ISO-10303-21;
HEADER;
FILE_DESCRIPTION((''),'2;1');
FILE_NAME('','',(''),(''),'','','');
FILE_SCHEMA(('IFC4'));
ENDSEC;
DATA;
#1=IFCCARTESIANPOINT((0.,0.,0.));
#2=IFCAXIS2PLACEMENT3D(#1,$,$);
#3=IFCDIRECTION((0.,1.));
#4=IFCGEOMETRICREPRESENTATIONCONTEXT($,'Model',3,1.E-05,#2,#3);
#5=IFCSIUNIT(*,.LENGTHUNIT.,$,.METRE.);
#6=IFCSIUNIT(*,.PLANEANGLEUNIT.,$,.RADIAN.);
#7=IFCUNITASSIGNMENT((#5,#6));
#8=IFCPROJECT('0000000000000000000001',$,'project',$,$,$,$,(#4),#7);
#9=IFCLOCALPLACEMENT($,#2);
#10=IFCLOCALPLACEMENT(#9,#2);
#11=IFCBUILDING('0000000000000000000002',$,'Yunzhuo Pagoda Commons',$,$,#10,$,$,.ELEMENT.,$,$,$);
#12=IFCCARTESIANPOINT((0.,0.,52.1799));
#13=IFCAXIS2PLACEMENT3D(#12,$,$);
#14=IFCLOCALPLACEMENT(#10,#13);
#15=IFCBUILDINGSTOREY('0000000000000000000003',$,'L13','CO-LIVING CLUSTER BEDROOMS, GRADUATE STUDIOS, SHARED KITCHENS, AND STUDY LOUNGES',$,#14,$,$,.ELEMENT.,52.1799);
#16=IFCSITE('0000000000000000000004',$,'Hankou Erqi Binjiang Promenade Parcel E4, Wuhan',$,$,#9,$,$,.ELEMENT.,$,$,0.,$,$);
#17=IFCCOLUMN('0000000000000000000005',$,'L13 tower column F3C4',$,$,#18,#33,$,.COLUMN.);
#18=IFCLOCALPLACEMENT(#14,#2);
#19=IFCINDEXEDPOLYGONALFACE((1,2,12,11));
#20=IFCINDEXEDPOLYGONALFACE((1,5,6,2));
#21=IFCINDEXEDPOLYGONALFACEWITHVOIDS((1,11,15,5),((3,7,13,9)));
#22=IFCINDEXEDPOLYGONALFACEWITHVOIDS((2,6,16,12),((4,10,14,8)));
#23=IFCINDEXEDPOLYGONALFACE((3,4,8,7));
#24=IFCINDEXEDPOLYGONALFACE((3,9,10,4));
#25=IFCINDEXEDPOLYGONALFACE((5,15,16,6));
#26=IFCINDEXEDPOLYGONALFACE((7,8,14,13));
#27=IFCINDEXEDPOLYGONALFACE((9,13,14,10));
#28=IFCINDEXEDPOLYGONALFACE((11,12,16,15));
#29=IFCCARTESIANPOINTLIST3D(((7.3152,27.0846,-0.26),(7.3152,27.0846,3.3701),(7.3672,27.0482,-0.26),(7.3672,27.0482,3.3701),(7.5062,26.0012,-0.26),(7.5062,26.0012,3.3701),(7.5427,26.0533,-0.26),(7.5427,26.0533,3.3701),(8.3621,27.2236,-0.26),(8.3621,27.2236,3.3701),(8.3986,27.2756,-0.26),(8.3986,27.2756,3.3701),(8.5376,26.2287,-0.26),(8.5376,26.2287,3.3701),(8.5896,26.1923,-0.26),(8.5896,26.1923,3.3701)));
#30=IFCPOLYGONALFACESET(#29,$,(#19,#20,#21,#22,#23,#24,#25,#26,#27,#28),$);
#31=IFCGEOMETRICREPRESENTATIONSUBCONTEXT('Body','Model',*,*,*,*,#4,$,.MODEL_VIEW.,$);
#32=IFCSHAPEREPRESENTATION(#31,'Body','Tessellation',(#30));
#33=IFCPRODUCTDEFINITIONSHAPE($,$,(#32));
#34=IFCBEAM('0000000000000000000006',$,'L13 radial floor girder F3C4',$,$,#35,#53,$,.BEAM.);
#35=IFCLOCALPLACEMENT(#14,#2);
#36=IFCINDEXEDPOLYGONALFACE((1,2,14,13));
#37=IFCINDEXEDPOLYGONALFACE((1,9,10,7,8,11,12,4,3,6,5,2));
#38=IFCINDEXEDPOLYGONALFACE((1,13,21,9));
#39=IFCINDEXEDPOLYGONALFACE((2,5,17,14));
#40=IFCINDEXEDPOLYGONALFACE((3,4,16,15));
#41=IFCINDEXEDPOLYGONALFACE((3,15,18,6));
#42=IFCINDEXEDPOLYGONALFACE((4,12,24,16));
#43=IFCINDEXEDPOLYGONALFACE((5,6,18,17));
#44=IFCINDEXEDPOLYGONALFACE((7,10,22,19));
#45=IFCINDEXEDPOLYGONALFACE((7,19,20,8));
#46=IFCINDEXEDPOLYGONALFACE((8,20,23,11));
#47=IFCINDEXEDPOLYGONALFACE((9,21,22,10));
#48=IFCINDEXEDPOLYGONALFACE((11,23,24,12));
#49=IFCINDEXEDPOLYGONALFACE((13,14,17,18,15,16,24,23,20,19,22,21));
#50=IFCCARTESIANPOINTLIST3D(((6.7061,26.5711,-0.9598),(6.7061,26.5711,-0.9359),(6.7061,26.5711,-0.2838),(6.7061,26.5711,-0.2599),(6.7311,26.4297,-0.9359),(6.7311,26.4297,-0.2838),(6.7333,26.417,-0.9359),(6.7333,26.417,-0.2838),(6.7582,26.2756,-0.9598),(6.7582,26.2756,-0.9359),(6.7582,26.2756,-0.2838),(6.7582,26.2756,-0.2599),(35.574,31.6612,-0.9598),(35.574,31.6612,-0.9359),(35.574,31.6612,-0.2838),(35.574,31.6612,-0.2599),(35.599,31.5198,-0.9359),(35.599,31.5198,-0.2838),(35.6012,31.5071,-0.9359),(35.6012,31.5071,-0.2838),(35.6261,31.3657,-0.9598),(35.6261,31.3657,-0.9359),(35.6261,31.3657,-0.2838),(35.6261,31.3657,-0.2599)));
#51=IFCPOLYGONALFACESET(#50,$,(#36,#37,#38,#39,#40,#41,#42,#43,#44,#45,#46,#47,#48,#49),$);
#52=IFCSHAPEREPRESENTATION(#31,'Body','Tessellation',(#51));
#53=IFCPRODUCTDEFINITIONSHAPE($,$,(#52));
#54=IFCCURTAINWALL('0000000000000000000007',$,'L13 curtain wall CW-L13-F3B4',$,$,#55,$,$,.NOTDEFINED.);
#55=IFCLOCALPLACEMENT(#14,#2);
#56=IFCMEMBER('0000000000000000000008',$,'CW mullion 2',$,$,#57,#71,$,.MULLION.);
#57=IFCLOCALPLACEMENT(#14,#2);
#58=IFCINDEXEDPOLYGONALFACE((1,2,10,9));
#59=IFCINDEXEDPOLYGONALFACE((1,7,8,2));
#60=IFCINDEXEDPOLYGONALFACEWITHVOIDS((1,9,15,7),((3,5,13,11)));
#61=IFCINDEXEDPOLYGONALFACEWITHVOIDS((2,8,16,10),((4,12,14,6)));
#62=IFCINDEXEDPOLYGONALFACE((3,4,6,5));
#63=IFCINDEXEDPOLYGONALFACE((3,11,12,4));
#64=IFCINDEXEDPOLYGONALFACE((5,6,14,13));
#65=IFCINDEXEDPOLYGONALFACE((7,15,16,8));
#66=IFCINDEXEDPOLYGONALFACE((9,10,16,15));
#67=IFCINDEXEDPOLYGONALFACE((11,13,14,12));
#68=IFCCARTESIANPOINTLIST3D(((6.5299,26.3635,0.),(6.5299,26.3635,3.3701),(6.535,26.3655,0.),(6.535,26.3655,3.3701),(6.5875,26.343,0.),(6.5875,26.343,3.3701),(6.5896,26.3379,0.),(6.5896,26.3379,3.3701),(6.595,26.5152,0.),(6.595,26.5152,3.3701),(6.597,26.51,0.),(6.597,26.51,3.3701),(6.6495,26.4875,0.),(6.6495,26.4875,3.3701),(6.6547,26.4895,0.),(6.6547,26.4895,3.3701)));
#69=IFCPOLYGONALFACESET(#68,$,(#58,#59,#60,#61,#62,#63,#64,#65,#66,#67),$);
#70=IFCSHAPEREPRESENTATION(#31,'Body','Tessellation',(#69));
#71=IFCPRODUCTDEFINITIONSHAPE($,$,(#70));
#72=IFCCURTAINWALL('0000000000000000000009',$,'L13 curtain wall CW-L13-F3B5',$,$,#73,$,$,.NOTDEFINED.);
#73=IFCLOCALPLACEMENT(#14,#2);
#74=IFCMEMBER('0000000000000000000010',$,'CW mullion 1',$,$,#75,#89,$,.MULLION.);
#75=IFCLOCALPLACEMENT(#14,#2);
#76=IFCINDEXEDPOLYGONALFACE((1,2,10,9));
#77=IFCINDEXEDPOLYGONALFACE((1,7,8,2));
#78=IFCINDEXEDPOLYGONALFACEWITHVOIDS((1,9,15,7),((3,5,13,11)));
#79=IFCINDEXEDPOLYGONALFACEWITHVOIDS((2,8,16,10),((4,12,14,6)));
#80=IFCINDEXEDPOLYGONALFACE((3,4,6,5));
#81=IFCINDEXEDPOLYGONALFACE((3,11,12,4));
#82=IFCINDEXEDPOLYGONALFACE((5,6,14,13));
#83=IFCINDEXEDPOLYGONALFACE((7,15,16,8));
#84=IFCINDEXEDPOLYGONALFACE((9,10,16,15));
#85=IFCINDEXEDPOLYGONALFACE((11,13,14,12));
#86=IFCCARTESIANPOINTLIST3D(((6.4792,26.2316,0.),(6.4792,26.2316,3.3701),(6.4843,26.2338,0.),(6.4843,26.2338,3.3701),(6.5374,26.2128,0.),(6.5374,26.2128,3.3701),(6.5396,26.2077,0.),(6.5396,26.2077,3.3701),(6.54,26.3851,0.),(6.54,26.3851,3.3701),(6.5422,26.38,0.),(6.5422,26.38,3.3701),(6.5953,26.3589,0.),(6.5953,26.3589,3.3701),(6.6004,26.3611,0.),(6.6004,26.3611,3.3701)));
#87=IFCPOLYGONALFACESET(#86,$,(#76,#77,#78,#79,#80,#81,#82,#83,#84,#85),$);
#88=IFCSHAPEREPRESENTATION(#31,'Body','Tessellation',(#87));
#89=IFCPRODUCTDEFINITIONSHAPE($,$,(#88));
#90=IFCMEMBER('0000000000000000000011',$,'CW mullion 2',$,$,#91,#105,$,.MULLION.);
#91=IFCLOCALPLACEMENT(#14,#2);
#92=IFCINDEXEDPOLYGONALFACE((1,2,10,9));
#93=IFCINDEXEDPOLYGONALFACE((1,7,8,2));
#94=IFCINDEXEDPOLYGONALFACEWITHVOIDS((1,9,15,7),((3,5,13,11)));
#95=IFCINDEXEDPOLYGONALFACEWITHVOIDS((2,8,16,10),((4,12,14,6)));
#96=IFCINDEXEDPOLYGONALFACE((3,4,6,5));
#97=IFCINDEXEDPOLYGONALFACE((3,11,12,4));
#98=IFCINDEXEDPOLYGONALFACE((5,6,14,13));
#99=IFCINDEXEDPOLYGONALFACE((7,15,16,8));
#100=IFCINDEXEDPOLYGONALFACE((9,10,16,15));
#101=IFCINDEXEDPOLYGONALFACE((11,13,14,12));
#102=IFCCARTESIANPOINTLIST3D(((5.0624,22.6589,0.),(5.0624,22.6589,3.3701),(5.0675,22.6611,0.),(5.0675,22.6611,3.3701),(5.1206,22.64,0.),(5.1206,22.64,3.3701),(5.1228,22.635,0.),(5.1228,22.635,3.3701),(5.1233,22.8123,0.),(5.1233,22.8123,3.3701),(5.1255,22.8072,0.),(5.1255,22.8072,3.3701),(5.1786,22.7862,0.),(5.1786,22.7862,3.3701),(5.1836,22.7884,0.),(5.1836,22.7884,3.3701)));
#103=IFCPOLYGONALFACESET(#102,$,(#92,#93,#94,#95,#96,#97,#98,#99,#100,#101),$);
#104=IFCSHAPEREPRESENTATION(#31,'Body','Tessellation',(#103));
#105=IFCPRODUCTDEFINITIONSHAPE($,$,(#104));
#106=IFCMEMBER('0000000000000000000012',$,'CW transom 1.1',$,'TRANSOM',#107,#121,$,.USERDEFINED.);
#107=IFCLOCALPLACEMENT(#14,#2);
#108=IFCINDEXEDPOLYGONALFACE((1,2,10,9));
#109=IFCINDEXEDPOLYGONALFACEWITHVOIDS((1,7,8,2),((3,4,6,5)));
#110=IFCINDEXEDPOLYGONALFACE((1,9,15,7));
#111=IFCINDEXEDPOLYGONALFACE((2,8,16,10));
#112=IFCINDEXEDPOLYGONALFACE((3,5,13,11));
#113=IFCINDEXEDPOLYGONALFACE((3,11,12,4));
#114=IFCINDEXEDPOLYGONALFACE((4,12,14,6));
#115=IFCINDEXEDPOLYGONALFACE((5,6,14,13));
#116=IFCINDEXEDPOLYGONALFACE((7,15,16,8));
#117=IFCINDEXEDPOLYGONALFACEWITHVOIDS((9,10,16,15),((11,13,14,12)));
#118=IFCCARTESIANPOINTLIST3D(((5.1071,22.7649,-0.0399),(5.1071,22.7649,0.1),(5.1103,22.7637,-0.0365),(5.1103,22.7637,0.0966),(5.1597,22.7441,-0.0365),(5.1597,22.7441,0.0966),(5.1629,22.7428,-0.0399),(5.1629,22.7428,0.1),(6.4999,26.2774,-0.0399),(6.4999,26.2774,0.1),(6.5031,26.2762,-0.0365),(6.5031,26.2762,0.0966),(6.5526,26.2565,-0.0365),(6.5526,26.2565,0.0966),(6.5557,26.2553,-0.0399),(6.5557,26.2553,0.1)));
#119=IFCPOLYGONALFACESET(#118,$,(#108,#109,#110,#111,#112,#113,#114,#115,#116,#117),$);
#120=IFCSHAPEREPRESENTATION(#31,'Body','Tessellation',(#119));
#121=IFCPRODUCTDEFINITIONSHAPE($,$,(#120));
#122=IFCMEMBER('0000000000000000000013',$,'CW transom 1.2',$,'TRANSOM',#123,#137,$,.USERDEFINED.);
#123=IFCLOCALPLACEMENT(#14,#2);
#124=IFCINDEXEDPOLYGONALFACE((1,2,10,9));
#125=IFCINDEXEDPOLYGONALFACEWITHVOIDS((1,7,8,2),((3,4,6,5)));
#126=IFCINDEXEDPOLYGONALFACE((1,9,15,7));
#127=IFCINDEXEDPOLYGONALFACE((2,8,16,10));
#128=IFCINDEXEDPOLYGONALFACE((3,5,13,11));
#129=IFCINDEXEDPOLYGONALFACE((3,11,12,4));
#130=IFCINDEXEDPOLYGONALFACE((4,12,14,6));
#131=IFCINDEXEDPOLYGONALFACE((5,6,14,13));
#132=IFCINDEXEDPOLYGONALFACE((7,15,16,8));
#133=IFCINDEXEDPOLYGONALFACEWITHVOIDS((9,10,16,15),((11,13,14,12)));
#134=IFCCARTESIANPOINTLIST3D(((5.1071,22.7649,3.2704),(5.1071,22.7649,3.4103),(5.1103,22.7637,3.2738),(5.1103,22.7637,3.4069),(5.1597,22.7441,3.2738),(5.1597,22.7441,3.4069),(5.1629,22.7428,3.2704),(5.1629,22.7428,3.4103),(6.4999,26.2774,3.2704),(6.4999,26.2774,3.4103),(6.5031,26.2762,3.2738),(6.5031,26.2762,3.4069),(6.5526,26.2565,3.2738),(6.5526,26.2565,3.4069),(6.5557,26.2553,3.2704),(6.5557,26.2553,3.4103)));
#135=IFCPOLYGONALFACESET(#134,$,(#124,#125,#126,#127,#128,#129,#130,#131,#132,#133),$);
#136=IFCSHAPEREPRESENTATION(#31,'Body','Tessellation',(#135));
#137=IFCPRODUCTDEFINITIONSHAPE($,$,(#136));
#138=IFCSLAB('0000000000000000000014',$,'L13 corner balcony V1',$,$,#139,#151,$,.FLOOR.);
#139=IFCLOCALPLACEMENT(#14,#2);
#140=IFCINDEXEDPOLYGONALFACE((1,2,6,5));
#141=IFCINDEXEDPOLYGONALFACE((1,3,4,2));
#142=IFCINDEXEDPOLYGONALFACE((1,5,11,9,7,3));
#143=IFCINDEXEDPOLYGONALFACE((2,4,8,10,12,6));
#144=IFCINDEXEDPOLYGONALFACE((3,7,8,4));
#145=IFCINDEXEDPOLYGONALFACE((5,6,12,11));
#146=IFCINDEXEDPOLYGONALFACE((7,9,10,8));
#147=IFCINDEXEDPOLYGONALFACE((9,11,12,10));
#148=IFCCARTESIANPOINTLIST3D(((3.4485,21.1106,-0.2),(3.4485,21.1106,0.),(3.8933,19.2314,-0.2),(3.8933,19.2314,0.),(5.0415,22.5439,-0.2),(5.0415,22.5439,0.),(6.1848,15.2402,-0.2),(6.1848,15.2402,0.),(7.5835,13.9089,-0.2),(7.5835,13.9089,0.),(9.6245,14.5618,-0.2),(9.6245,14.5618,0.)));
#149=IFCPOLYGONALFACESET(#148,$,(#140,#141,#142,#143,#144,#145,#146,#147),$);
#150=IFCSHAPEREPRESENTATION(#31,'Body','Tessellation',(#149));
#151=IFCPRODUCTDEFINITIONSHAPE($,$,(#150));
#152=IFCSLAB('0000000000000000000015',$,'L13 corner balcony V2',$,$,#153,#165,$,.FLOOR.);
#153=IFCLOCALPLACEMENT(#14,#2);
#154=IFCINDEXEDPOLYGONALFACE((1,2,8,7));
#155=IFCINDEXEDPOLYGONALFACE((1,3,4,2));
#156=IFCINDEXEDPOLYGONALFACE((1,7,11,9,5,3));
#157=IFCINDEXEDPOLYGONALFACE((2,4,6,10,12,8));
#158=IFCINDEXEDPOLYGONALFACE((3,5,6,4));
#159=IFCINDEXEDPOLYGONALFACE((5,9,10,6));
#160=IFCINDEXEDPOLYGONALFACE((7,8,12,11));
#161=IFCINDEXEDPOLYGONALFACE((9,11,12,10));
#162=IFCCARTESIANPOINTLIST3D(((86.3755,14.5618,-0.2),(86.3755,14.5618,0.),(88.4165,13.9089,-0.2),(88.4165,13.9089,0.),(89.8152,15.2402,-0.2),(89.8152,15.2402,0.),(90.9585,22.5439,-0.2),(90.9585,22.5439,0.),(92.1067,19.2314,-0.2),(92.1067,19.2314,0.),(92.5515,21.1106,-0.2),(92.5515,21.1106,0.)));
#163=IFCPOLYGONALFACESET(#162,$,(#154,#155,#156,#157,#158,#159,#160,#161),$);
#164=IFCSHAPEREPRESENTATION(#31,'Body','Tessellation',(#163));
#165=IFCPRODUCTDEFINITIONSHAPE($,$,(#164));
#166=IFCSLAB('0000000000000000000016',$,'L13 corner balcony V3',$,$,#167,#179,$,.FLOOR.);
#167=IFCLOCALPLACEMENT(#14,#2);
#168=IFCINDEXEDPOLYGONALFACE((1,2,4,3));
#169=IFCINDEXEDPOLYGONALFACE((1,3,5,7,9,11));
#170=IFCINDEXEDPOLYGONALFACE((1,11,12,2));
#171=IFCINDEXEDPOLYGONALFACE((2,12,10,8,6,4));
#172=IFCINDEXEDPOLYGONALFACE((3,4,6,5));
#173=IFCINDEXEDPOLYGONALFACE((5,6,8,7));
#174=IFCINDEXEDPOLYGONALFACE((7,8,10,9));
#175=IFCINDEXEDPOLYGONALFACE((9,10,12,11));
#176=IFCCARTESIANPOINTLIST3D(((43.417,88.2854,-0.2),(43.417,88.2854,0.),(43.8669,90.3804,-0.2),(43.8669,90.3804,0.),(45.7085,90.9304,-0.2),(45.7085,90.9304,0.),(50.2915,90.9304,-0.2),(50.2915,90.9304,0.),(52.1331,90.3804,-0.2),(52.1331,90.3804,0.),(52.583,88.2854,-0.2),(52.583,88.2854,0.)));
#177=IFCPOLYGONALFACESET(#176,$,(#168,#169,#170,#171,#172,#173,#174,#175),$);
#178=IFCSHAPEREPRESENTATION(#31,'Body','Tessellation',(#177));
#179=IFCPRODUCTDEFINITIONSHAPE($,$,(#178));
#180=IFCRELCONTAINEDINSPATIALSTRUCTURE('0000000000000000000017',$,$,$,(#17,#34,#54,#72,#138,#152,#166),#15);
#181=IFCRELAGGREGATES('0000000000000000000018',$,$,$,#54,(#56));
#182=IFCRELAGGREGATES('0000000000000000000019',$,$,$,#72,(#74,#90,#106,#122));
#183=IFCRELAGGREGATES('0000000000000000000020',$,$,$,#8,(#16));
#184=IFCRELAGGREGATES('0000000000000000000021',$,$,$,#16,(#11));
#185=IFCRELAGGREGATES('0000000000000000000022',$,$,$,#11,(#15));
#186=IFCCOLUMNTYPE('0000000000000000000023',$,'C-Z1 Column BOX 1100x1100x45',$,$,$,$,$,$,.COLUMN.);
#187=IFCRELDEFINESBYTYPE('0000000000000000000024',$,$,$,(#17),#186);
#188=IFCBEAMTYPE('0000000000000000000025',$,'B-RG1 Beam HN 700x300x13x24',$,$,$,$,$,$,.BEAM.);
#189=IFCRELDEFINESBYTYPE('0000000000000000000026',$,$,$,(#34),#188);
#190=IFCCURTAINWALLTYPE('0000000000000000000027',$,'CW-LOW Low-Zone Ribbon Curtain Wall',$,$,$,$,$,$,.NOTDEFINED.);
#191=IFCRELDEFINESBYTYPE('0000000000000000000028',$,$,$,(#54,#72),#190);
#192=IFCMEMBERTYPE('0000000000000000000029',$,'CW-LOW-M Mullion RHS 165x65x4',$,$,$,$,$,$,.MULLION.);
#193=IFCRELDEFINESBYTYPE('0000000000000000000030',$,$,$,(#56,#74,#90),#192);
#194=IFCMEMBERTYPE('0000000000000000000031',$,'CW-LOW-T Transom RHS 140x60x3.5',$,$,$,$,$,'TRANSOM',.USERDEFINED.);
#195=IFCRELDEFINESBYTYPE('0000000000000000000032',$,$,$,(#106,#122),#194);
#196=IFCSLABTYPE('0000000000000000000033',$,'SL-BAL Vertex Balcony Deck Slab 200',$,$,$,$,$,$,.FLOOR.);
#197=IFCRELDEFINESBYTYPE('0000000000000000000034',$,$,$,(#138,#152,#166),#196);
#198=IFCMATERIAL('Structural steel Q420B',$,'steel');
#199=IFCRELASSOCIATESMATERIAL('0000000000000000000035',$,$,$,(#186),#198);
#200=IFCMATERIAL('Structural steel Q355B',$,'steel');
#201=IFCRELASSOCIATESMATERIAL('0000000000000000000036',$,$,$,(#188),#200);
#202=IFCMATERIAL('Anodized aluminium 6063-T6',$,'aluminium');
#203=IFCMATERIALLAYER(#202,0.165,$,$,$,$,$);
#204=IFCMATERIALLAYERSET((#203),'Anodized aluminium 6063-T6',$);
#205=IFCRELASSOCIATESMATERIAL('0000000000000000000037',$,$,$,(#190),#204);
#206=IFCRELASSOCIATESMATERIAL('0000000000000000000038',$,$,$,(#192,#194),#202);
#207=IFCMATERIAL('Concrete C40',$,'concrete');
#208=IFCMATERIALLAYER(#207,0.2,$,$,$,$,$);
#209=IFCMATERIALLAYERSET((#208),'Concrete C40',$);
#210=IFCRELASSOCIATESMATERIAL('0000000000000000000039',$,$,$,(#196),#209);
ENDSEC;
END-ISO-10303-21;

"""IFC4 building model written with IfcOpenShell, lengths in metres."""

from ifc_helpers import new_model, si_unit, direction, frame, origin, origin_2d, place, context, subcontext, project, spatial, polyline, hollow_rectangle, i_section, outline, extrude, source, transform, mapped, material, layer, layer_set, material_profile, profile_set, type_object, element, aggregate, save


model = new_model("IFC4")

# Units and contexts
model_context = context("Model", 3, precision=1e-05, world=origin(), true_north=direction((0.0, 1.0)))
body_context = subcontext(model_context, "Body", "Model", "MODEL_VIEW")
ifc_project = project(units=[si_unit("LENGTHUNIT", "METRE"), si_unit("PLANEANGLEUNIT", "RADIAN")], contexts=[model_context])

# Site, building, storey
site_placement = place(None, origin())
site = spatial("IfcSite", under=ifc_project, at=site_placement, Name="Hankou Erqi Binjiang Promenade Parcel E4, Wuhan", CompositionType="ELEMENT", RefElevation=0.0)
building_placement = place(site_placement, origin())
building = spatial("IfcBuilding", under=site, at=building_placement, Name="Yunzhuo Pagoda Commons", CompositionType="ELEMENT")
storey_placement = place(building_placement, frame((0.0, 0.0, 52.1799)))
storey = spatial("IfcBuildingStorey", under=building, at=storey_placement, Name="L13", Description="CO-LIVING CLUSTER BEDROOMS, GRADUATE STUDIOS, SHARED KITCHENS, AND STUDY LOUNGES", CompositionType="ELEMENT", Elevation=52.1799)

# Column
ifc_material_1 = material(Name="Structural steel Q420B", Category="steel")
ifc_material_profile_1 = material_profile(ifc_material_1, hollow_rectangle(XDim=1.1001, YDim=1.1001, WallThickness=0.0449, at=origin_2d()), Name="Structural steel Q420B")
ifc_profile_set_1 = profile_set([ifc_material_profile_1], Name="Structural steel Q420B")
column_type = type_object("IfcColumnType", Name="C-Z1 Column BOX 1100x1100x45", PredefinedType="COLUMN", material=ifc_profile_set_1)
shared_shape_1 = source(origin(), body_context, "Body", "SweptSolid", [
    extrude(hollow_rectangle(XDim=1.1001, YDim=1.1001, WallThickness=0.0449, at=origin_2d()), origin(), (0.0, 0.0, 1.0), 3.6301),
])
column_placement = place(storey_placement, frame((7.9524, 26.6384, -0.26), z_axis=(0.0, 0.0, 1.0), x_axis=(0.173648, -0.984808, 0.0)))
element("IfcColumn", 1, at=column_placement, inside=storey, type_object=column_type, Name="L13 tower column F3C4", PredefinedType="COLUMN", context=body_context, shape_type="MappedRepresentation", body=[
    mapped(shared_shape_1, transform((0.0, 0.0, 0.0), scale=1.0)),
])

# Beam
ifc_material_2 = material(Name="Structural steel Q355B", Category="steel")
ifc_material_profile_2 = material_profile(ifc_material_2, i_section(OverallWidth=0.3, OverallDepth=0.7, WebThickness=0.0129, FlangeThickness=0.0239, at=origin_2d()), Name="Structural steel Q355B")
ifc_profile_set_2 = profile_set([ifc_material_profile_2], Name="Structural steel Q355B")
beam_type = type_object("IfcBeamType", Name="B-RG1 Beam HN 700x300x13x24", PredefinedType="BEAM", material=ifc_profile_set_2)
shared_shape_2 = source(origin(), body_context, "Body", "SweptSolid", [
    extrude(i_section(OverallWidth=0.3, OverallDepth=0.7, WebThickness=0.0129, FlangeThickness=0.0239, at=origin_2d()), origin(), (0.0, 0.0, 1.0), 29.3132),
])
beam_placement = place(storey_placement, frame((6.7322, 26.4233, -0.6099), z_axis=(0.984808, 0.173645, 0.0), x_axis=(-0.173645, 0.984808, 0.0)))
element("IfcBeam", 2, at=beam_placement, inside=storey, type_object=beam_type, Name="L13 radial floor girder F3C4", PredefinedType="BEAM", context=body_context, shape_type="MappedRepresentation", body=[
    mapped(shared_shape_2, transform((0.0, 0.0, 0.0), scale=1.0)),
])

# Curtain wall, member
ifc_material_3 = material(Name="Anodized aluminium 6063-T6", Category="aluminium")
ifc_layer_1 = layer(ifc_material_3, 0.165)
ifc_layer_set_1 = layer_set([ifc_layer_1], Name="Anodized aluminium 6063-T6")
curtain_wall_type = type_object("IfcCurtainWallType", Name="CW-LOW Low-Zone Ribbon Curtain Wall", PredefinedType="NOTDEFINED", material=ifc_layer_set_1)
curtain_wall_1_placement = place(storey_placement, origin())
curtain_wall_1 = element("IfcCurtainWall", 3, at=curtain_wall_1_placement, inside=storey, type_object=curtain_wall_type, Name="L13 curtain wall CW-L13-F3B4", PredefinedType="NOTDEFINED")
ifc_material_profile_3 = material_profile(ifc_material_3, hollow_rectangle(XDim=0.0649, YDim=0.165, WallThickness=0.0039, at=origin_2d()), Name="Anodized aluminium 6063-T6")
ifc_profile_set_3 = profile_set([ifc_material_profile_3], Name="Anodized aluminium 6063-T6")
member_type_1 = type_object("IfcMemberType", Name="CW-LOW-M Mullion RHS 165x65x4", PredefinedType="MULLION", material=ifc_profile_set_3)
shared_shape_3 = source(origin(), body_context, "Body", "SweptSolid", [
    extrude(hollow_rectangle(XDim=0.0649, YDim=0.165, WallThickness=0.0039, at=origin_2d()), origin(), (0.0, 0.0, 1.0), 3.3701),
])
member_1_placement = place(storey_placement, frame((6.5923, 26.4265, 0.0), z_axis=(0.0, 0.0, 1.0), x_axis=(0.918993, -0.394274, 0.0)))
member_1 = element("IfcMember", 4, at=member_1_placement, type_object=member_type_1, Name="CW mullion 2", PredefinedType="MULLION", context=body_context, shape_type="MappedRepresentation", body=[
    mapped(shared_shape_3, transform((0.0, 0.0, 0.0), scale=1.0)),
])
aggregate(curtain_wall_1, [member_1])

# Curtain wall, members
curtain_wall_2_placement = place(storey_placement, origin())
curtain_wall_2 = element("IfcCurtainWall", 5, at=curtain_wall_2_placement, inside=storey, type_object=curtain_wall_type, Name="L13 curtain wall CW-L13-F3B5", PredefinedType="NOTDEFINED")
member_2_placement = place(storey_placement, frame((6.5398, 26.2964, 0.0), z_axis=(0.0, 0.0, 1.0), x_axis=(0.929582, -0.368614, 0.0)))
member_2 = element("IfcMember", 6, at=member_2_placement, type_object=member_type_1, Name="CW mullion 1", PredefinedType="MULLION", context=body_context, shape_type="MappedRepresentation", body=[
    mapped(shared_shape_3, transform((0.0, 0.0, 0.0), scale=1.0)),
])
member_3_placement = place(storey_placement, frame((5.123, 22.7236, 0.0), z_axis=(0.0, 0.0, 1.0), x_axis=(0.929582, -0.368614, 0.0)))
member_3 = element("IfcMember", 7, at=member_3_placement, type_object=member_type_1, Name="CW mullion 2", PredefinedType="MULLION", context=body_context, shape_type="MappedRepresentation", body=[
    mapped(shared_shape_3, transform((0.0, 0.0, 0.0), scale=1.0)),
])
ifc_material_profile_4 = material_profile(ifc_material_3, hollow_rectangle(XDim=0.0601, YDim=0.1399, WallThickness=0.0034, at=origin_2d()), Name="Anodized aluminium 6063-T6")
ifc_profile_set_4 = profile_set([ifc_material_profile_4], Name="Anodized aluminium 6063-T6")
member_type_2 = type_object("IfcMemberType", Name="CW-LOW-T Transom RHS 140x60x3.5", ElementType="TRANSOM", PredefinedType="USERDEFINED", material=ifc_profile_set_4)
shared_shape_4 = source(origin(), body_context, "Body", "SweptSolid", [
    extrude(hollow_rectangle(XDim=0.0601, YDim=0.1399, WallThickness=0.0034, at=origin_2d()), origin(), (0.0, 0.0, 1.0), 3.7786),
])
member_4_placement = place(storey_placement, frame((6.5278, 26.2664, 0.03), z_axis=(-0.368615, -0.929582, 0.0), x_axis=(0.929582, -0.368615, 0.0)))
member_4 = element("IfcMember", 8, at=member_4_placement, type_object=member_type_2, Name="CW transom 1.1", ObjectType="TRANSOM", PredefinedType="USERDEFINED", context=body_context, shape_type="MappedRepresentation", body=[
    mapped(shared_shape_4, transform((0.0, 0.0, 0.0), scale=1.0)),
])
member_5_placement = place(storey_placement, frame((6.5278, 26.2664, 3.3403), z_axis=(-0.368615, -0.929582, 0.0), x_axis=(0.929582, -0.368615, 0.0)))
member_5 = element("IfcMember", 9, at=member_5_placement, type_object=member_type_2, Name="CW transom 1.2", ObjectType="TRANSOM", PredefinedType="USERDEFINED", context=body_context, shape_type="MappedRepresentation", body=[
    mapped(shared_shape_4, transform((0.0, 0.0, 0.0), scale=1.0)),
])

# Slabs
ifc_material_4 = material(Name="Concrete C40", Category="concrete")
ifc_layer_2 = layer(ifc_material_4, 0.2)
ifc_layer_set_2 = layer_set([ifc_layer_2], Name="Concrete C40")
slab_type_1 = type_object("IfcSlabType", Name="SL-BAL Vertex Balcony Deck Slab 200", PredefinedType="FLOOR", material=ifc_layer_set_2)
slab_1_placement = place(storey_placement, frame((0.0, 0.0, -0.2)))
element("IfcSlab", 10, at=slab_1_placement, inside=storey, type_object=slab_type_1, Name="L13 corner balcony V1", PredefinedType="FLOOR", context=body_context, shape_type="SweptSolid", body=[
    extrude(outline(polyline([(5.0415, 22.5439), (9.6245, 14.5618), (7.5835, 13.9089), (6.1848, 15.2402), (3.8933, 19.2314), (3.4485, 21.1106), (5.0415, 22.5439)])), origin(), (0.0, 0.0, 1.0), 0.2),
])
slab_2_placement = place(storey_placement, frame((0.0, 0.0, -0.2)))
element("IfcSlab", 11, at=slab_2_placement, inside=storey, type_object=slab_type_1, Name="L13 corner balcony V2", PredefinedType="FLOOR", context=body_context, shape_type="SweptSolid", body=[
    extrude(outline(polyline([(86.3755, 14.5618), (90.9585, 22.5439), (92.5515, 21.1106), (92.1067, 19.2314), (89.8152, 15.2402), (88.4165, 13.9089), (86.3755, 14.5618)])), origin(), (0.0, 0.0, 1.0), 0.2),
])
slab_3_placement = place(storey_placement, frame((0.0, 0.0, -0.2)))
element("IfcSlab", 12, at=slab_3_placement, inside=storey, type_object=slab_type_1, Name="L13 corner balcony V3", PredefinedType="FLOOR", context=body_context, shape_type="SweptSolid", body=[
    extrude(outline(polyline([(52.583, 88.2854), (43.417, 88.2854), (43.8669, 90.3804), (45.7085, 90.9304), (50.2915, 90.9304), (52.1331, 90.3804), (52.583, 88.2854)])), origin(), (0.0, 0.0, 1.0), 0.2),
])

aggregate(curtain_wall_2, [member_2, member_3, member_4, member_5])

save(model, "model.ifc")
